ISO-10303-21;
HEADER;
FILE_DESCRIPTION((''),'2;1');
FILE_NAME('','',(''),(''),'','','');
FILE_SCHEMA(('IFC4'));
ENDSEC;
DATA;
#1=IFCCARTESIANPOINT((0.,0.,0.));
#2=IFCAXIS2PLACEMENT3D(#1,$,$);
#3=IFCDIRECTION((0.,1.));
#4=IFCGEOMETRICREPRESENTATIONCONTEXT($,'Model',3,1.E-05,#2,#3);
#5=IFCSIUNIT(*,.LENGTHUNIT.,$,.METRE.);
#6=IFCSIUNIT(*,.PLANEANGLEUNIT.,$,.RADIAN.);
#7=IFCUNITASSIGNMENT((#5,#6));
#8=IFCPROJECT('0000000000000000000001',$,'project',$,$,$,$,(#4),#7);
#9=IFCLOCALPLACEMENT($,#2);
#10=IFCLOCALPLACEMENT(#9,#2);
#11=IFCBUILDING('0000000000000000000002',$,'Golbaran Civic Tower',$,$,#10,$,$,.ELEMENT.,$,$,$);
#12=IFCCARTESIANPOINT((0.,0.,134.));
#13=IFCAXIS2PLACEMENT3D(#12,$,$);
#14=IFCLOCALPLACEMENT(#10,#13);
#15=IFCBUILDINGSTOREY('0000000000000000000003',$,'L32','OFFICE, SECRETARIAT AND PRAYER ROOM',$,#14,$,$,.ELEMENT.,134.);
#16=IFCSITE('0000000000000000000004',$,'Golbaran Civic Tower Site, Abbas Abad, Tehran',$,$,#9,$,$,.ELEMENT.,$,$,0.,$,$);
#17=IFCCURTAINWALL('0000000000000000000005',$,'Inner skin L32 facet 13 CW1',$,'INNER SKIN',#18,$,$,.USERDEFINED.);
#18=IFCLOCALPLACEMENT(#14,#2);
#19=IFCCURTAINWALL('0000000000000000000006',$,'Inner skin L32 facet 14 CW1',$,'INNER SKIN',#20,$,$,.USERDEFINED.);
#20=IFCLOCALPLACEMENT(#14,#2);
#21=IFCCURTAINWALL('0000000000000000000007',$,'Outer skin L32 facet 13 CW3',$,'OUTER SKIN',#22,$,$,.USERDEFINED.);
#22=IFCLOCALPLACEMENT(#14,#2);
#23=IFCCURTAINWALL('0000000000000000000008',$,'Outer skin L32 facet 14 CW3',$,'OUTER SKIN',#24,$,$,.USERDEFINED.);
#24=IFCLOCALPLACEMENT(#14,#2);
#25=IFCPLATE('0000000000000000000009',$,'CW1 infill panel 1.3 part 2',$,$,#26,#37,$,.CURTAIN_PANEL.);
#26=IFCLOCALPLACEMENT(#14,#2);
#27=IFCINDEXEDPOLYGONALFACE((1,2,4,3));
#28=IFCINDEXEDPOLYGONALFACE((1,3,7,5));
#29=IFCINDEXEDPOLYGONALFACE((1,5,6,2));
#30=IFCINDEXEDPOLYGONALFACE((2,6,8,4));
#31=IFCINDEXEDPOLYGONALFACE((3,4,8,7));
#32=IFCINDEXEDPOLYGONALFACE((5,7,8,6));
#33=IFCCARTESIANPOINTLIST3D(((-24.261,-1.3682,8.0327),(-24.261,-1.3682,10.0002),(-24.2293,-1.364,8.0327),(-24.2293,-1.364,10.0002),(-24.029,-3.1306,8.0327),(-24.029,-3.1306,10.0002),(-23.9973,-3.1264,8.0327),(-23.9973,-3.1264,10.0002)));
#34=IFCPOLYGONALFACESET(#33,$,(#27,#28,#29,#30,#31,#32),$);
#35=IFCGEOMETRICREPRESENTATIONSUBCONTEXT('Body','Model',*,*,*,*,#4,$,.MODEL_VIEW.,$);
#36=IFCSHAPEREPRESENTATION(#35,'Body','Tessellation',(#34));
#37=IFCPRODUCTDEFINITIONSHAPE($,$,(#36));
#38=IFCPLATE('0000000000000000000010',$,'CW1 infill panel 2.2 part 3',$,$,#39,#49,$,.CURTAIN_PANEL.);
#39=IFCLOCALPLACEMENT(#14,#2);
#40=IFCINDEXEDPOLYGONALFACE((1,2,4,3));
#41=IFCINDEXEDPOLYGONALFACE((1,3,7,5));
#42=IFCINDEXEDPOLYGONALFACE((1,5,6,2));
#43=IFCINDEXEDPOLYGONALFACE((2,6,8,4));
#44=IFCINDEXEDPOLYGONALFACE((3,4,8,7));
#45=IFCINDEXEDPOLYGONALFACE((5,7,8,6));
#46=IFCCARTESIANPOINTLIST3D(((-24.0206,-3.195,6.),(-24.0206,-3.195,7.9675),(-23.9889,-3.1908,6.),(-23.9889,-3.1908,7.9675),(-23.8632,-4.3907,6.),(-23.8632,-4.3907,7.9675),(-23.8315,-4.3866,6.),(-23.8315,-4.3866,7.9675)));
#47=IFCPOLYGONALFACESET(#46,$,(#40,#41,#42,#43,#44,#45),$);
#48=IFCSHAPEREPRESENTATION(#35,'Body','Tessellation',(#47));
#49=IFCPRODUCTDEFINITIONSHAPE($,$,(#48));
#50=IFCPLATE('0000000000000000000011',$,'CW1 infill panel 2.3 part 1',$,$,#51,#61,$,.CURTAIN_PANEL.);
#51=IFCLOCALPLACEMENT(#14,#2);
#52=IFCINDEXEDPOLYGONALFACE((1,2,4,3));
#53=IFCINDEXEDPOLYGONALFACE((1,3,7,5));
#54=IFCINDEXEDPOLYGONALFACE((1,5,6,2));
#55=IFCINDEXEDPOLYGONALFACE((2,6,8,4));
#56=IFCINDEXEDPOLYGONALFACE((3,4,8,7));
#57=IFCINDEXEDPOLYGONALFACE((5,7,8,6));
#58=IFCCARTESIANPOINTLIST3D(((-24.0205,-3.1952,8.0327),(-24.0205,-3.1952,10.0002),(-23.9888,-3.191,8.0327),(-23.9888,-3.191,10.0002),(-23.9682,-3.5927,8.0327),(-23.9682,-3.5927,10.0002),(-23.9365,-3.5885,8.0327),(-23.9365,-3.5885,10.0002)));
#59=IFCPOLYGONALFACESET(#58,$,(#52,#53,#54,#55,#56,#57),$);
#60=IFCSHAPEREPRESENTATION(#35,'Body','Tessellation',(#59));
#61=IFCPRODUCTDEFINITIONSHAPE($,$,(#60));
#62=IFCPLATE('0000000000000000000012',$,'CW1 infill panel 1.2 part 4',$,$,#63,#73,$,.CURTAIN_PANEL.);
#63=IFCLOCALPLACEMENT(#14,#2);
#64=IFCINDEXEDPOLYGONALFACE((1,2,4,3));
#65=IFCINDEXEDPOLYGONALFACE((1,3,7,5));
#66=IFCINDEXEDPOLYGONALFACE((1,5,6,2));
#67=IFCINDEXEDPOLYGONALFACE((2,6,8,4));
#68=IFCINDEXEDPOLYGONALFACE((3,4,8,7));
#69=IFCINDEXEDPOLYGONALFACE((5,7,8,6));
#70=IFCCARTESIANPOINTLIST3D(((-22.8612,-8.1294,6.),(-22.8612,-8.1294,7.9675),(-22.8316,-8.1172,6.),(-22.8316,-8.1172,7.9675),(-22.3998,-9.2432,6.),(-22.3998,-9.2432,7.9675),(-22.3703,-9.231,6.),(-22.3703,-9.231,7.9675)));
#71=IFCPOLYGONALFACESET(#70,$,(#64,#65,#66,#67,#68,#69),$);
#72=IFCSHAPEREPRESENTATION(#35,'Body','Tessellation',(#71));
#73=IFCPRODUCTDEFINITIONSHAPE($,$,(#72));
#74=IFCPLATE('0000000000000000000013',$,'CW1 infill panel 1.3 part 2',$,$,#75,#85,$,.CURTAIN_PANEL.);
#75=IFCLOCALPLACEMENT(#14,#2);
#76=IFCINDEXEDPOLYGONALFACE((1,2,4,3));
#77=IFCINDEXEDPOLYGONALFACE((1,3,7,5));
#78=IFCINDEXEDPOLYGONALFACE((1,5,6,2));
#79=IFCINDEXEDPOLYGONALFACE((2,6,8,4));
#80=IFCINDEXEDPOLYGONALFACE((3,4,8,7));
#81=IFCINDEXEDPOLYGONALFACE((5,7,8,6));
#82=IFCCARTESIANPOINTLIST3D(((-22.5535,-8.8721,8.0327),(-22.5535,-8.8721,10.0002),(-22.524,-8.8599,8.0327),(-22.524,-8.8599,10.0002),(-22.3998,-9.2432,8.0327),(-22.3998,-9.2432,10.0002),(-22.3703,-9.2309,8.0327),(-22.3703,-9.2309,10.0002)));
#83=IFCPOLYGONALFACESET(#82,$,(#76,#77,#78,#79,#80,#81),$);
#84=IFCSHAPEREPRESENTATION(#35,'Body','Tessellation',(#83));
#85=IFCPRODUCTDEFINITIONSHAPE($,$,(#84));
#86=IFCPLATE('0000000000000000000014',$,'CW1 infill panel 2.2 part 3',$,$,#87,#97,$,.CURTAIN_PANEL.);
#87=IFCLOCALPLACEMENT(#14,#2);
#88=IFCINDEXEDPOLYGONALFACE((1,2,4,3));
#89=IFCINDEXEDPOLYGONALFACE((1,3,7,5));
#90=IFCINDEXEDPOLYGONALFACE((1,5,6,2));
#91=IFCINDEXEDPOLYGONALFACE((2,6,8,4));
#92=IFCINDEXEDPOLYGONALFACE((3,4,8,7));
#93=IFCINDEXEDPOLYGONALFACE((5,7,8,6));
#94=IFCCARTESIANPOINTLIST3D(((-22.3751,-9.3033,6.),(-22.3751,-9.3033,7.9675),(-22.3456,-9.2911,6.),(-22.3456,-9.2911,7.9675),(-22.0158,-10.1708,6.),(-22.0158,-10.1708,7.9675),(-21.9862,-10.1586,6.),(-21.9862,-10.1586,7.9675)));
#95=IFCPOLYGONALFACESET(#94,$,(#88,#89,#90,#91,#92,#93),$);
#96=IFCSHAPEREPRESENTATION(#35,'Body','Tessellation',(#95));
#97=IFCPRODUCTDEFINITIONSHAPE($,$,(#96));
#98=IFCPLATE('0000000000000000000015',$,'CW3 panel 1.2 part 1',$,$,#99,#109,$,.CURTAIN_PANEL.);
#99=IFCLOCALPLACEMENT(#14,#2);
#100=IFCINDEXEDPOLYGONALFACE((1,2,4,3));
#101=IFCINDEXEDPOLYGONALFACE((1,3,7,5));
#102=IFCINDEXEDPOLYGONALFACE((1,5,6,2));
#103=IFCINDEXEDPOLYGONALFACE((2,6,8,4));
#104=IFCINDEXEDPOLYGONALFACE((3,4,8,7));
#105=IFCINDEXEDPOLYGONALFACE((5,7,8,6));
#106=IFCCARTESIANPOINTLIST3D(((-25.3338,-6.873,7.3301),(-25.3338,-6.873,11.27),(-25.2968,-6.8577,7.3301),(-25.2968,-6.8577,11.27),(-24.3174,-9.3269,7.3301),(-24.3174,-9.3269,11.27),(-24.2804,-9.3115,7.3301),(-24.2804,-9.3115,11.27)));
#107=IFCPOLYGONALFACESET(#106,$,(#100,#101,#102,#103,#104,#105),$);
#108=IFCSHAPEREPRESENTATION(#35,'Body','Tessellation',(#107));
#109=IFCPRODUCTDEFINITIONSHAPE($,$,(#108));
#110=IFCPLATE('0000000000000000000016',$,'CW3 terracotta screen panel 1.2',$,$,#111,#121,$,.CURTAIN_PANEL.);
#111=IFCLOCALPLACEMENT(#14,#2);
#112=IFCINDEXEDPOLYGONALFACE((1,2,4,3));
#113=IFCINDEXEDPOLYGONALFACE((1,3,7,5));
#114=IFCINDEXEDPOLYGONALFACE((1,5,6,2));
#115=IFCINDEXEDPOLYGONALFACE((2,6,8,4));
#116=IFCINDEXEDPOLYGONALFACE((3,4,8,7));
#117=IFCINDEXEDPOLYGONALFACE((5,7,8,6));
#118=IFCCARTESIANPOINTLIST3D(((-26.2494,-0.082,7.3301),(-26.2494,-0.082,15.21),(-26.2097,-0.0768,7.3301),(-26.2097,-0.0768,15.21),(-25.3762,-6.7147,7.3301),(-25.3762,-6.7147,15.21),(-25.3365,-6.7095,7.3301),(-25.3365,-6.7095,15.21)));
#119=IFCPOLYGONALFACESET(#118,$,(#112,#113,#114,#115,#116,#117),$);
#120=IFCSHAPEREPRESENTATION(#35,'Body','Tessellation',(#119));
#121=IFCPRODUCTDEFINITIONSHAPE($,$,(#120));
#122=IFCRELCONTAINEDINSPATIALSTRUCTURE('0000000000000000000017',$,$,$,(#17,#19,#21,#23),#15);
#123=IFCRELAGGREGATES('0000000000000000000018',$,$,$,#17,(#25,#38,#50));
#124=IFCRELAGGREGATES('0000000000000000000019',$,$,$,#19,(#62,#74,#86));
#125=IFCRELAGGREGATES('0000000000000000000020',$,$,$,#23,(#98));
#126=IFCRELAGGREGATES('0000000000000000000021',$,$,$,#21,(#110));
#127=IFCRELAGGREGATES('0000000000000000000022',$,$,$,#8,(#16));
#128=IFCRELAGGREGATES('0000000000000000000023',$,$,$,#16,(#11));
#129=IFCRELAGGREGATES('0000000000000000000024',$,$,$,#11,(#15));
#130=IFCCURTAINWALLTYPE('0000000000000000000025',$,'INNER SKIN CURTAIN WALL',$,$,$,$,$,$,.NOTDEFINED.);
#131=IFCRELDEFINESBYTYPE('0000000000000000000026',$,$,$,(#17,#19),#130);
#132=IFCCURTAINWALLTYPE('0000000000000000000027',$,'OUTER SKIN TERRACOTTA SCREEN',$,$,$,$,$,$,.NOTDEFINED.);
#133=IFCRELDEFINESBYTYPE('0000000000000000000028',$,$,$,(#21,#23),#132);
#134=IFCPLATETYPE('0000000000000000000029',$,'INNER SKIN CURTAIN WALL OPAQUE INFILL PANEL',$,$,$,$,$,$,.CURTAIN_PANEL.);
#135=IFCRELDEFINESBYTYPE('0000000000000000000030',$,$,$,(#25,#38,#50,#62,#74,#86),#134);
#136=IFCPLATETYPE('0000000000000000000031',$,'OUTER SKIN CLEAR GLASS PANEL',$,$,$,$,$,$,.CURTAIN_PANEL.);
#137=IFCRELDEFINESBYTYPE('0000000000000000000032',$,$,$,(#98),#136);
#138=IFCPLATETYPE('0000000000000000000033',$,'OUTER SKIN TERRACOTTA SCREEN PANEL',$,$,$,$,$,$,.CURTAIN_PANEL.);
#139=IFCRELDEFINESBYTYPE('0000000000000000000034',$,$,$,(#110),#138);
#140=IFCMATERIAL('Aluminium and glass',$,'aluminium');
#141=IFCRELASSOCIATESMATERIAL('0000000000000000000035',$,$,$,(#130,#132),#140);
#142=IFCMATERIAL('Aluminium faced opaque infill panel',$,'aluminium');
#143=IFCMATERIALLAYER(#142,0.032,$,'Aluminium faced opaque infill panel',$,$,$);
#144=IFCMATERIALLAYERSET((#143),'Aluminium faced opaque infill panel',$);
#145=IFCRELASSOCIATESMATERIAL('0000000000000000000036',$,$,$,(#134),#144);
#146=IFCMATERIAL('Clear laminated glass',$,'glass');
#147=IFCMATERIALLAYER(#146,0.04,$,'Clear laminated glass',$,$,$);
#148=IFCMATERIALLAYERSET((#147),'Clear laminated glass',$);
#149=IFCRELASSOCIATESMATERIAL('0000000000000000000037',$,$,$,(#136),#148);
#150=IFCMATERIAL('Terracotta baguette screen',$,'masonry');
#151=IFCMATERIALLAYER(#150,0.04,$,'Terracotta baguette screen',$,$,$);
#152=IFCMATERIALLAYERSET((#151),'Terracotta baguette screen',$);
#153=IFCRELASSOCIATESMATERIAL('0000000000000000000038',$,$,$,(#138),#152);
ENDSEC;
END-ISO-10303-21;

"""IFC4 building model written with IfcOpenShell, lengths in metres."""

from ifc_helpers import new_model, si_unit, direction, frame, origin, origin_2d, place, context, subcontext, project, spatial, rectangle, extrude, material, layer, layer_set, type_object, element, aggregate, save


model = new_model("IFC4")

# Units and contexts
model_context = context("Model", 3, precision=1e-05, world=origin(), true_north=direction((0.0, 1.0)))
body_context = subcontext(model_context, "Body", "Model", "MODEL_VIEW")
ifc_project = project(units=[si_unit("LENGTHUNIT", "METRE"), si_unit("PLANEANGLEUNIT", "RADIAN")], contexts=[model_context])

# Site, building, storey
site_placement = place(None, origin())
site = spatial("IfcSite", under=ifc_project, at=site_placement, Name="Golbaran Civic Tower Site, Abbas Abad, Tehran", CompositionType="ELEMENT", RefElevation=0.0)
building_placement = place(site_placement, origin())
building = spatial("IfcBuilding", under=site, at=building_placement, Name="Golbaran Civic Tower", CompositionType="ELEMENT")
storey_placement = place(building_placement, frame((0.0, 0.0, 134.0)))
storey = spatial("IfcBuildingStorey", under=building, at=storey_placement, Name="L32", Description="OFFICE, SECRETARIAT AND PRAYER ROOM", CompositionType="ELEMENT", Elevation=134.0)

# Curtain walls
ifc_material_1 = material(Name="Aluminium and glass", Category="aluminium")
curtain_wall_type_1 = type_object("IfcCurtainWallType", Name="INNER SKIN CURTAIN WALL", PredefinedType="NOTDEFINED", material=ifc_material_1)
curtain_wall_1_placement = place(storey_placement, origin())
curtain_wall_1 = element("IfcCurtainWall", 1, at=curtain_wall_1_placement, inside=storey, type_object=curtain_wall_type_1, Name="Inner skin L32 facet 13 CW1", ObjectType="INNER SKIN", PredefinedType="USERDEFINED")
curtain_wall_2_placement = place(storey_placement, origin())
curtain_wall_2 = element("IfcCurtainWall", 2, at=curtain_wall_2_placement, inside=storey, type_object=curtain_wall_type_1, Name="Inner skin L32 facet 14 CW1", ObjectType="INNER SKIN", PredefinedType="USERDEFINED")

# Curtain walls
curtain_wall_type_2 = type_object("IfcCurtainWallType", Name="OUTER SKIN TERRACOTTA SCREEN", PredefinedType="NOTDEFINED", material=ifc_material_1)
curtain_wall_3_placement = place(storey_placement, origin())
curtain_wall_3 = element("IfcCurtainWall", 3, at=curtain_wall_3_placement, inside=storey, type_object=curtain_wall_type_2, Name="Outer skin L32 facet 13 CW3", ObjectType="OUTER SKIN", PredefinedType="USERDEFINED")
curtain_wall_4_placement = place(storey_placement, origin())
curtain_wall_4 = element("IfcCurtainWall", 4, at=curtain_wall_4_placement, inside=storey, type_object=curtain_wall_type_2, Name="Outer skin L32 facet 14 CW3", ObjectType="OUTER SKIN", PredefinedType="USERDEFINED")

# Plates
ifc_material_2 = material(Name="Aluminium faced opaque infill panel", Category="aluminium")
ifc_layer_1 = layer(ifc_material_2, 0.032, Name="Aluminium faced opaque infill panel")
ifc_layer_set_1 = layer_set([ifc_layer_1], Name="Aluminium faced opaque infill panel")
plate_type_1 = type_object("IfcPlateType", Name="INNER SKIN CURTAIN WALL OPAQUE INFILL PANEL", PredefinedType="CURTAIN_PANEL", material=ifc_layer_set_1)
plate_1_placement = place(storey_placement, frame((-24.1292, -2.2473, 8.0327), z_axis=(0.0, 0.0, 1.0), x_axis=(0.130526, -0.991445, 0.0)))
plate_1 = element("IfcPlate", 5, at=plate_1_placement, type_object=plate_type_1, Name="CW1 infill panel 1.3 part 2", PredefinedType="CURTAIN_PANEL", context=body_context, shape_type="SweptSolid", body=[
    extrude(rectangle(XDim=1.7776, YDim=0.032, at=origin_2d()), origin(), (0.0, 0.0, 1.0), 1.9675),
])
plate_2_placement = place(storey_placement, frame((-23.926, -3.7908, 6.0), z_axis=(0.0, 0.0, 1.0), x_axis=(0.130526, -0.991445, 0.0)))
plate_2 = element("IfcPlate", 6, at=plate_2_placement, type_object=plate_type_1, Name="CW1 infill panel 2.2 part 3", PredefinedType="CURTAIN_PANEL", context=body_context, shape_type="SweptSolid", body=[
    extrude(rectangle(XDim=1.2061, YDim=0.032, at=origin_2d()), origin(), (0.0, 0.0, 1.0), 1.9675),
])
plate_3_placement = place(storey_placement, frame((-23.9785, -3.3918, 8.0327), z_axis=(0.0, 0.0, 1.0), x_axis=(0.130526, -0.991445, 0.0)))
plate_3 = element("IfcPlate", 7, at=plate_3_placement, type_object=plate_type_1, Name="CW1 infill panel 2.3 part 1", PredefinedType="CURTAIN_PANEL", context=body_context, shape_type="SweptSolid", body=[
    extrude(rectangle(XDim=0.4009, YDim=0.032, at=origin_2d()), origin(), (0.0, 0.0, 1.0), 1.9675),
])
aggregate(curtain_wall_1, [plate_1, plate_2, plate_3])
plate_4_placement = place(storey_placement, frame((-22.6157, -8.6802, 6.0), z_axis=(0.0, 0.0, 1.0), x_axis=(0.382683, -0.92388, 0.0)))
plate_4 = element("IfcPlate", 8, at=plate_4_placement, type_object=plate_type_1, Name="CW1 infill panel 1.2 part 4", PredefinedType="CURTAIN_PANEL", context=body_context, shape_type="SweptSolid", body=[
    extrude(rectangle(XDim=1.2056, YDim=0.032, at=origin_2d()), origin(), (0.0, 0.0, 1.0), 1.9675),
])
plate_5_placement = place(storey_placement, frame((-22.4619, -9.0515, 8.0327), z_axis=(0.0, 0.0, 1.0), x_axis=(0.382683, -0.92388, 0.0)))
plate_5 = element("IfcPlate", 9, at=plate_5_placement, type_object=plate_type_1, Name="CW1 infill panel 1.3 part 2", PredefinedType="CURTAIN_PANEL", context=body_context, shape_type="SweptSolid", body=[
    extrude(rectangle(XDim=0.4016, YDim=0.032, at=origin_2d()), origin(), (0.0, 0.0, 1.0), 1.9675),
])
plate_6_placement = place(storey_placement, frame((-22.1807, -9.731, 6.0), z_axis=(0.0, 0.0, 1.0), x_axis=(0.382683, -0.92388, 0.0)))
plate_6 = element("IfcPlate", 10, at=plate_6_placement, type_object=plate_type_1, Name="CW1 infill panel 2.2 part 3", PredefinedType="CURTAIN_PANEL", context=body_context, shape_type="SweptSolid", body=[
    extrude(rectangle(XDim=0.939, YDim=0.032, at=origin_2d()), origin(), (0.0, 0.0, 1.0), 1.9675),
])
aggregate(curtain_wall_2, [plate_4, plate_5, plate_6])
ifc_material_3 = material(Name="Clear laminated glass", Category="glass")
ifc_layer_2 = layer(ifc_material_3, 0.04, Name="Clear laminated glass")
ifc_layer_set_2 = layer_set([ifc_layer_2], Name="Clear laminated glass")
plate_type_2 = type_object("IfcPlateType", Name="OUTER SKIN CLEAR GLASS PANEL", PredefinedType="CURTAIN_PANEL", material=ifc_layer_set_2)
plate_7_placement = place(storey_placement, frame((-24.8071, -8.0923, 7.3301), z_axis=(0.0, 0.0, 1.0), x_axis=(0.382683, -0.92388, 0.0)))
plate_7 = element("IfcPlate", 11, at=plate_7_placement, type_object=plate_type_2, Name="CW3 panel 1.2 part 1", PredefinedType="CURTAIN_PANEL", context=body_context, shape_type="SweptSolid", body=[
    extrude(rectangle(XDim=2.656, YDim=0.04, at=origin_2d()), origin(), (0.0, 0.0, 1.0), 3.9399),
])
aggregate(curtain_wall_4, [plate_7])
ifc_material_4 = material(Name="Terracotta baguette screen", Category="masonry")
ifc_layer_3 = layer(ifc_material_4, 0.04, Name="Terracotta baguette screen")
ifc_layer_set_3 = layer_set([ifc_layer_3], Name="Terracotta baguette screen")
plate_type_3 = type_object("IfcPlateType", Name="OUTER SKIN TERRACOTTA SCREEN PANEL", PredefinedType="CURTAIN_PANEL", material=ifc_layer_set_3)
plate_8_placement = place(storey_placement, frame((-25.793, -3.3958, 7.3301), z_axis=(0.0, 0.0, 1.0), x_axis=(0.130526, -0.991445, 0.0)))
plate_8 = element("IfcPlate", 12, at=plate_8_placement, type_object=plate_type_3, Name="CW3 terracotta screen panel 1.2", PredefinedType="CURTAIN_PANEL", context=body_context, shape_type="SweptSolid", body=[
    extrude(rectangle(XDim=6.6899, YDim=0.04, at=origin_2d()), origin(), (0.0, 0.0, 1.0), 7.8799),
])
aggregate(curtain_wall_3, [plate_8])

save(model, "model.ifc")
